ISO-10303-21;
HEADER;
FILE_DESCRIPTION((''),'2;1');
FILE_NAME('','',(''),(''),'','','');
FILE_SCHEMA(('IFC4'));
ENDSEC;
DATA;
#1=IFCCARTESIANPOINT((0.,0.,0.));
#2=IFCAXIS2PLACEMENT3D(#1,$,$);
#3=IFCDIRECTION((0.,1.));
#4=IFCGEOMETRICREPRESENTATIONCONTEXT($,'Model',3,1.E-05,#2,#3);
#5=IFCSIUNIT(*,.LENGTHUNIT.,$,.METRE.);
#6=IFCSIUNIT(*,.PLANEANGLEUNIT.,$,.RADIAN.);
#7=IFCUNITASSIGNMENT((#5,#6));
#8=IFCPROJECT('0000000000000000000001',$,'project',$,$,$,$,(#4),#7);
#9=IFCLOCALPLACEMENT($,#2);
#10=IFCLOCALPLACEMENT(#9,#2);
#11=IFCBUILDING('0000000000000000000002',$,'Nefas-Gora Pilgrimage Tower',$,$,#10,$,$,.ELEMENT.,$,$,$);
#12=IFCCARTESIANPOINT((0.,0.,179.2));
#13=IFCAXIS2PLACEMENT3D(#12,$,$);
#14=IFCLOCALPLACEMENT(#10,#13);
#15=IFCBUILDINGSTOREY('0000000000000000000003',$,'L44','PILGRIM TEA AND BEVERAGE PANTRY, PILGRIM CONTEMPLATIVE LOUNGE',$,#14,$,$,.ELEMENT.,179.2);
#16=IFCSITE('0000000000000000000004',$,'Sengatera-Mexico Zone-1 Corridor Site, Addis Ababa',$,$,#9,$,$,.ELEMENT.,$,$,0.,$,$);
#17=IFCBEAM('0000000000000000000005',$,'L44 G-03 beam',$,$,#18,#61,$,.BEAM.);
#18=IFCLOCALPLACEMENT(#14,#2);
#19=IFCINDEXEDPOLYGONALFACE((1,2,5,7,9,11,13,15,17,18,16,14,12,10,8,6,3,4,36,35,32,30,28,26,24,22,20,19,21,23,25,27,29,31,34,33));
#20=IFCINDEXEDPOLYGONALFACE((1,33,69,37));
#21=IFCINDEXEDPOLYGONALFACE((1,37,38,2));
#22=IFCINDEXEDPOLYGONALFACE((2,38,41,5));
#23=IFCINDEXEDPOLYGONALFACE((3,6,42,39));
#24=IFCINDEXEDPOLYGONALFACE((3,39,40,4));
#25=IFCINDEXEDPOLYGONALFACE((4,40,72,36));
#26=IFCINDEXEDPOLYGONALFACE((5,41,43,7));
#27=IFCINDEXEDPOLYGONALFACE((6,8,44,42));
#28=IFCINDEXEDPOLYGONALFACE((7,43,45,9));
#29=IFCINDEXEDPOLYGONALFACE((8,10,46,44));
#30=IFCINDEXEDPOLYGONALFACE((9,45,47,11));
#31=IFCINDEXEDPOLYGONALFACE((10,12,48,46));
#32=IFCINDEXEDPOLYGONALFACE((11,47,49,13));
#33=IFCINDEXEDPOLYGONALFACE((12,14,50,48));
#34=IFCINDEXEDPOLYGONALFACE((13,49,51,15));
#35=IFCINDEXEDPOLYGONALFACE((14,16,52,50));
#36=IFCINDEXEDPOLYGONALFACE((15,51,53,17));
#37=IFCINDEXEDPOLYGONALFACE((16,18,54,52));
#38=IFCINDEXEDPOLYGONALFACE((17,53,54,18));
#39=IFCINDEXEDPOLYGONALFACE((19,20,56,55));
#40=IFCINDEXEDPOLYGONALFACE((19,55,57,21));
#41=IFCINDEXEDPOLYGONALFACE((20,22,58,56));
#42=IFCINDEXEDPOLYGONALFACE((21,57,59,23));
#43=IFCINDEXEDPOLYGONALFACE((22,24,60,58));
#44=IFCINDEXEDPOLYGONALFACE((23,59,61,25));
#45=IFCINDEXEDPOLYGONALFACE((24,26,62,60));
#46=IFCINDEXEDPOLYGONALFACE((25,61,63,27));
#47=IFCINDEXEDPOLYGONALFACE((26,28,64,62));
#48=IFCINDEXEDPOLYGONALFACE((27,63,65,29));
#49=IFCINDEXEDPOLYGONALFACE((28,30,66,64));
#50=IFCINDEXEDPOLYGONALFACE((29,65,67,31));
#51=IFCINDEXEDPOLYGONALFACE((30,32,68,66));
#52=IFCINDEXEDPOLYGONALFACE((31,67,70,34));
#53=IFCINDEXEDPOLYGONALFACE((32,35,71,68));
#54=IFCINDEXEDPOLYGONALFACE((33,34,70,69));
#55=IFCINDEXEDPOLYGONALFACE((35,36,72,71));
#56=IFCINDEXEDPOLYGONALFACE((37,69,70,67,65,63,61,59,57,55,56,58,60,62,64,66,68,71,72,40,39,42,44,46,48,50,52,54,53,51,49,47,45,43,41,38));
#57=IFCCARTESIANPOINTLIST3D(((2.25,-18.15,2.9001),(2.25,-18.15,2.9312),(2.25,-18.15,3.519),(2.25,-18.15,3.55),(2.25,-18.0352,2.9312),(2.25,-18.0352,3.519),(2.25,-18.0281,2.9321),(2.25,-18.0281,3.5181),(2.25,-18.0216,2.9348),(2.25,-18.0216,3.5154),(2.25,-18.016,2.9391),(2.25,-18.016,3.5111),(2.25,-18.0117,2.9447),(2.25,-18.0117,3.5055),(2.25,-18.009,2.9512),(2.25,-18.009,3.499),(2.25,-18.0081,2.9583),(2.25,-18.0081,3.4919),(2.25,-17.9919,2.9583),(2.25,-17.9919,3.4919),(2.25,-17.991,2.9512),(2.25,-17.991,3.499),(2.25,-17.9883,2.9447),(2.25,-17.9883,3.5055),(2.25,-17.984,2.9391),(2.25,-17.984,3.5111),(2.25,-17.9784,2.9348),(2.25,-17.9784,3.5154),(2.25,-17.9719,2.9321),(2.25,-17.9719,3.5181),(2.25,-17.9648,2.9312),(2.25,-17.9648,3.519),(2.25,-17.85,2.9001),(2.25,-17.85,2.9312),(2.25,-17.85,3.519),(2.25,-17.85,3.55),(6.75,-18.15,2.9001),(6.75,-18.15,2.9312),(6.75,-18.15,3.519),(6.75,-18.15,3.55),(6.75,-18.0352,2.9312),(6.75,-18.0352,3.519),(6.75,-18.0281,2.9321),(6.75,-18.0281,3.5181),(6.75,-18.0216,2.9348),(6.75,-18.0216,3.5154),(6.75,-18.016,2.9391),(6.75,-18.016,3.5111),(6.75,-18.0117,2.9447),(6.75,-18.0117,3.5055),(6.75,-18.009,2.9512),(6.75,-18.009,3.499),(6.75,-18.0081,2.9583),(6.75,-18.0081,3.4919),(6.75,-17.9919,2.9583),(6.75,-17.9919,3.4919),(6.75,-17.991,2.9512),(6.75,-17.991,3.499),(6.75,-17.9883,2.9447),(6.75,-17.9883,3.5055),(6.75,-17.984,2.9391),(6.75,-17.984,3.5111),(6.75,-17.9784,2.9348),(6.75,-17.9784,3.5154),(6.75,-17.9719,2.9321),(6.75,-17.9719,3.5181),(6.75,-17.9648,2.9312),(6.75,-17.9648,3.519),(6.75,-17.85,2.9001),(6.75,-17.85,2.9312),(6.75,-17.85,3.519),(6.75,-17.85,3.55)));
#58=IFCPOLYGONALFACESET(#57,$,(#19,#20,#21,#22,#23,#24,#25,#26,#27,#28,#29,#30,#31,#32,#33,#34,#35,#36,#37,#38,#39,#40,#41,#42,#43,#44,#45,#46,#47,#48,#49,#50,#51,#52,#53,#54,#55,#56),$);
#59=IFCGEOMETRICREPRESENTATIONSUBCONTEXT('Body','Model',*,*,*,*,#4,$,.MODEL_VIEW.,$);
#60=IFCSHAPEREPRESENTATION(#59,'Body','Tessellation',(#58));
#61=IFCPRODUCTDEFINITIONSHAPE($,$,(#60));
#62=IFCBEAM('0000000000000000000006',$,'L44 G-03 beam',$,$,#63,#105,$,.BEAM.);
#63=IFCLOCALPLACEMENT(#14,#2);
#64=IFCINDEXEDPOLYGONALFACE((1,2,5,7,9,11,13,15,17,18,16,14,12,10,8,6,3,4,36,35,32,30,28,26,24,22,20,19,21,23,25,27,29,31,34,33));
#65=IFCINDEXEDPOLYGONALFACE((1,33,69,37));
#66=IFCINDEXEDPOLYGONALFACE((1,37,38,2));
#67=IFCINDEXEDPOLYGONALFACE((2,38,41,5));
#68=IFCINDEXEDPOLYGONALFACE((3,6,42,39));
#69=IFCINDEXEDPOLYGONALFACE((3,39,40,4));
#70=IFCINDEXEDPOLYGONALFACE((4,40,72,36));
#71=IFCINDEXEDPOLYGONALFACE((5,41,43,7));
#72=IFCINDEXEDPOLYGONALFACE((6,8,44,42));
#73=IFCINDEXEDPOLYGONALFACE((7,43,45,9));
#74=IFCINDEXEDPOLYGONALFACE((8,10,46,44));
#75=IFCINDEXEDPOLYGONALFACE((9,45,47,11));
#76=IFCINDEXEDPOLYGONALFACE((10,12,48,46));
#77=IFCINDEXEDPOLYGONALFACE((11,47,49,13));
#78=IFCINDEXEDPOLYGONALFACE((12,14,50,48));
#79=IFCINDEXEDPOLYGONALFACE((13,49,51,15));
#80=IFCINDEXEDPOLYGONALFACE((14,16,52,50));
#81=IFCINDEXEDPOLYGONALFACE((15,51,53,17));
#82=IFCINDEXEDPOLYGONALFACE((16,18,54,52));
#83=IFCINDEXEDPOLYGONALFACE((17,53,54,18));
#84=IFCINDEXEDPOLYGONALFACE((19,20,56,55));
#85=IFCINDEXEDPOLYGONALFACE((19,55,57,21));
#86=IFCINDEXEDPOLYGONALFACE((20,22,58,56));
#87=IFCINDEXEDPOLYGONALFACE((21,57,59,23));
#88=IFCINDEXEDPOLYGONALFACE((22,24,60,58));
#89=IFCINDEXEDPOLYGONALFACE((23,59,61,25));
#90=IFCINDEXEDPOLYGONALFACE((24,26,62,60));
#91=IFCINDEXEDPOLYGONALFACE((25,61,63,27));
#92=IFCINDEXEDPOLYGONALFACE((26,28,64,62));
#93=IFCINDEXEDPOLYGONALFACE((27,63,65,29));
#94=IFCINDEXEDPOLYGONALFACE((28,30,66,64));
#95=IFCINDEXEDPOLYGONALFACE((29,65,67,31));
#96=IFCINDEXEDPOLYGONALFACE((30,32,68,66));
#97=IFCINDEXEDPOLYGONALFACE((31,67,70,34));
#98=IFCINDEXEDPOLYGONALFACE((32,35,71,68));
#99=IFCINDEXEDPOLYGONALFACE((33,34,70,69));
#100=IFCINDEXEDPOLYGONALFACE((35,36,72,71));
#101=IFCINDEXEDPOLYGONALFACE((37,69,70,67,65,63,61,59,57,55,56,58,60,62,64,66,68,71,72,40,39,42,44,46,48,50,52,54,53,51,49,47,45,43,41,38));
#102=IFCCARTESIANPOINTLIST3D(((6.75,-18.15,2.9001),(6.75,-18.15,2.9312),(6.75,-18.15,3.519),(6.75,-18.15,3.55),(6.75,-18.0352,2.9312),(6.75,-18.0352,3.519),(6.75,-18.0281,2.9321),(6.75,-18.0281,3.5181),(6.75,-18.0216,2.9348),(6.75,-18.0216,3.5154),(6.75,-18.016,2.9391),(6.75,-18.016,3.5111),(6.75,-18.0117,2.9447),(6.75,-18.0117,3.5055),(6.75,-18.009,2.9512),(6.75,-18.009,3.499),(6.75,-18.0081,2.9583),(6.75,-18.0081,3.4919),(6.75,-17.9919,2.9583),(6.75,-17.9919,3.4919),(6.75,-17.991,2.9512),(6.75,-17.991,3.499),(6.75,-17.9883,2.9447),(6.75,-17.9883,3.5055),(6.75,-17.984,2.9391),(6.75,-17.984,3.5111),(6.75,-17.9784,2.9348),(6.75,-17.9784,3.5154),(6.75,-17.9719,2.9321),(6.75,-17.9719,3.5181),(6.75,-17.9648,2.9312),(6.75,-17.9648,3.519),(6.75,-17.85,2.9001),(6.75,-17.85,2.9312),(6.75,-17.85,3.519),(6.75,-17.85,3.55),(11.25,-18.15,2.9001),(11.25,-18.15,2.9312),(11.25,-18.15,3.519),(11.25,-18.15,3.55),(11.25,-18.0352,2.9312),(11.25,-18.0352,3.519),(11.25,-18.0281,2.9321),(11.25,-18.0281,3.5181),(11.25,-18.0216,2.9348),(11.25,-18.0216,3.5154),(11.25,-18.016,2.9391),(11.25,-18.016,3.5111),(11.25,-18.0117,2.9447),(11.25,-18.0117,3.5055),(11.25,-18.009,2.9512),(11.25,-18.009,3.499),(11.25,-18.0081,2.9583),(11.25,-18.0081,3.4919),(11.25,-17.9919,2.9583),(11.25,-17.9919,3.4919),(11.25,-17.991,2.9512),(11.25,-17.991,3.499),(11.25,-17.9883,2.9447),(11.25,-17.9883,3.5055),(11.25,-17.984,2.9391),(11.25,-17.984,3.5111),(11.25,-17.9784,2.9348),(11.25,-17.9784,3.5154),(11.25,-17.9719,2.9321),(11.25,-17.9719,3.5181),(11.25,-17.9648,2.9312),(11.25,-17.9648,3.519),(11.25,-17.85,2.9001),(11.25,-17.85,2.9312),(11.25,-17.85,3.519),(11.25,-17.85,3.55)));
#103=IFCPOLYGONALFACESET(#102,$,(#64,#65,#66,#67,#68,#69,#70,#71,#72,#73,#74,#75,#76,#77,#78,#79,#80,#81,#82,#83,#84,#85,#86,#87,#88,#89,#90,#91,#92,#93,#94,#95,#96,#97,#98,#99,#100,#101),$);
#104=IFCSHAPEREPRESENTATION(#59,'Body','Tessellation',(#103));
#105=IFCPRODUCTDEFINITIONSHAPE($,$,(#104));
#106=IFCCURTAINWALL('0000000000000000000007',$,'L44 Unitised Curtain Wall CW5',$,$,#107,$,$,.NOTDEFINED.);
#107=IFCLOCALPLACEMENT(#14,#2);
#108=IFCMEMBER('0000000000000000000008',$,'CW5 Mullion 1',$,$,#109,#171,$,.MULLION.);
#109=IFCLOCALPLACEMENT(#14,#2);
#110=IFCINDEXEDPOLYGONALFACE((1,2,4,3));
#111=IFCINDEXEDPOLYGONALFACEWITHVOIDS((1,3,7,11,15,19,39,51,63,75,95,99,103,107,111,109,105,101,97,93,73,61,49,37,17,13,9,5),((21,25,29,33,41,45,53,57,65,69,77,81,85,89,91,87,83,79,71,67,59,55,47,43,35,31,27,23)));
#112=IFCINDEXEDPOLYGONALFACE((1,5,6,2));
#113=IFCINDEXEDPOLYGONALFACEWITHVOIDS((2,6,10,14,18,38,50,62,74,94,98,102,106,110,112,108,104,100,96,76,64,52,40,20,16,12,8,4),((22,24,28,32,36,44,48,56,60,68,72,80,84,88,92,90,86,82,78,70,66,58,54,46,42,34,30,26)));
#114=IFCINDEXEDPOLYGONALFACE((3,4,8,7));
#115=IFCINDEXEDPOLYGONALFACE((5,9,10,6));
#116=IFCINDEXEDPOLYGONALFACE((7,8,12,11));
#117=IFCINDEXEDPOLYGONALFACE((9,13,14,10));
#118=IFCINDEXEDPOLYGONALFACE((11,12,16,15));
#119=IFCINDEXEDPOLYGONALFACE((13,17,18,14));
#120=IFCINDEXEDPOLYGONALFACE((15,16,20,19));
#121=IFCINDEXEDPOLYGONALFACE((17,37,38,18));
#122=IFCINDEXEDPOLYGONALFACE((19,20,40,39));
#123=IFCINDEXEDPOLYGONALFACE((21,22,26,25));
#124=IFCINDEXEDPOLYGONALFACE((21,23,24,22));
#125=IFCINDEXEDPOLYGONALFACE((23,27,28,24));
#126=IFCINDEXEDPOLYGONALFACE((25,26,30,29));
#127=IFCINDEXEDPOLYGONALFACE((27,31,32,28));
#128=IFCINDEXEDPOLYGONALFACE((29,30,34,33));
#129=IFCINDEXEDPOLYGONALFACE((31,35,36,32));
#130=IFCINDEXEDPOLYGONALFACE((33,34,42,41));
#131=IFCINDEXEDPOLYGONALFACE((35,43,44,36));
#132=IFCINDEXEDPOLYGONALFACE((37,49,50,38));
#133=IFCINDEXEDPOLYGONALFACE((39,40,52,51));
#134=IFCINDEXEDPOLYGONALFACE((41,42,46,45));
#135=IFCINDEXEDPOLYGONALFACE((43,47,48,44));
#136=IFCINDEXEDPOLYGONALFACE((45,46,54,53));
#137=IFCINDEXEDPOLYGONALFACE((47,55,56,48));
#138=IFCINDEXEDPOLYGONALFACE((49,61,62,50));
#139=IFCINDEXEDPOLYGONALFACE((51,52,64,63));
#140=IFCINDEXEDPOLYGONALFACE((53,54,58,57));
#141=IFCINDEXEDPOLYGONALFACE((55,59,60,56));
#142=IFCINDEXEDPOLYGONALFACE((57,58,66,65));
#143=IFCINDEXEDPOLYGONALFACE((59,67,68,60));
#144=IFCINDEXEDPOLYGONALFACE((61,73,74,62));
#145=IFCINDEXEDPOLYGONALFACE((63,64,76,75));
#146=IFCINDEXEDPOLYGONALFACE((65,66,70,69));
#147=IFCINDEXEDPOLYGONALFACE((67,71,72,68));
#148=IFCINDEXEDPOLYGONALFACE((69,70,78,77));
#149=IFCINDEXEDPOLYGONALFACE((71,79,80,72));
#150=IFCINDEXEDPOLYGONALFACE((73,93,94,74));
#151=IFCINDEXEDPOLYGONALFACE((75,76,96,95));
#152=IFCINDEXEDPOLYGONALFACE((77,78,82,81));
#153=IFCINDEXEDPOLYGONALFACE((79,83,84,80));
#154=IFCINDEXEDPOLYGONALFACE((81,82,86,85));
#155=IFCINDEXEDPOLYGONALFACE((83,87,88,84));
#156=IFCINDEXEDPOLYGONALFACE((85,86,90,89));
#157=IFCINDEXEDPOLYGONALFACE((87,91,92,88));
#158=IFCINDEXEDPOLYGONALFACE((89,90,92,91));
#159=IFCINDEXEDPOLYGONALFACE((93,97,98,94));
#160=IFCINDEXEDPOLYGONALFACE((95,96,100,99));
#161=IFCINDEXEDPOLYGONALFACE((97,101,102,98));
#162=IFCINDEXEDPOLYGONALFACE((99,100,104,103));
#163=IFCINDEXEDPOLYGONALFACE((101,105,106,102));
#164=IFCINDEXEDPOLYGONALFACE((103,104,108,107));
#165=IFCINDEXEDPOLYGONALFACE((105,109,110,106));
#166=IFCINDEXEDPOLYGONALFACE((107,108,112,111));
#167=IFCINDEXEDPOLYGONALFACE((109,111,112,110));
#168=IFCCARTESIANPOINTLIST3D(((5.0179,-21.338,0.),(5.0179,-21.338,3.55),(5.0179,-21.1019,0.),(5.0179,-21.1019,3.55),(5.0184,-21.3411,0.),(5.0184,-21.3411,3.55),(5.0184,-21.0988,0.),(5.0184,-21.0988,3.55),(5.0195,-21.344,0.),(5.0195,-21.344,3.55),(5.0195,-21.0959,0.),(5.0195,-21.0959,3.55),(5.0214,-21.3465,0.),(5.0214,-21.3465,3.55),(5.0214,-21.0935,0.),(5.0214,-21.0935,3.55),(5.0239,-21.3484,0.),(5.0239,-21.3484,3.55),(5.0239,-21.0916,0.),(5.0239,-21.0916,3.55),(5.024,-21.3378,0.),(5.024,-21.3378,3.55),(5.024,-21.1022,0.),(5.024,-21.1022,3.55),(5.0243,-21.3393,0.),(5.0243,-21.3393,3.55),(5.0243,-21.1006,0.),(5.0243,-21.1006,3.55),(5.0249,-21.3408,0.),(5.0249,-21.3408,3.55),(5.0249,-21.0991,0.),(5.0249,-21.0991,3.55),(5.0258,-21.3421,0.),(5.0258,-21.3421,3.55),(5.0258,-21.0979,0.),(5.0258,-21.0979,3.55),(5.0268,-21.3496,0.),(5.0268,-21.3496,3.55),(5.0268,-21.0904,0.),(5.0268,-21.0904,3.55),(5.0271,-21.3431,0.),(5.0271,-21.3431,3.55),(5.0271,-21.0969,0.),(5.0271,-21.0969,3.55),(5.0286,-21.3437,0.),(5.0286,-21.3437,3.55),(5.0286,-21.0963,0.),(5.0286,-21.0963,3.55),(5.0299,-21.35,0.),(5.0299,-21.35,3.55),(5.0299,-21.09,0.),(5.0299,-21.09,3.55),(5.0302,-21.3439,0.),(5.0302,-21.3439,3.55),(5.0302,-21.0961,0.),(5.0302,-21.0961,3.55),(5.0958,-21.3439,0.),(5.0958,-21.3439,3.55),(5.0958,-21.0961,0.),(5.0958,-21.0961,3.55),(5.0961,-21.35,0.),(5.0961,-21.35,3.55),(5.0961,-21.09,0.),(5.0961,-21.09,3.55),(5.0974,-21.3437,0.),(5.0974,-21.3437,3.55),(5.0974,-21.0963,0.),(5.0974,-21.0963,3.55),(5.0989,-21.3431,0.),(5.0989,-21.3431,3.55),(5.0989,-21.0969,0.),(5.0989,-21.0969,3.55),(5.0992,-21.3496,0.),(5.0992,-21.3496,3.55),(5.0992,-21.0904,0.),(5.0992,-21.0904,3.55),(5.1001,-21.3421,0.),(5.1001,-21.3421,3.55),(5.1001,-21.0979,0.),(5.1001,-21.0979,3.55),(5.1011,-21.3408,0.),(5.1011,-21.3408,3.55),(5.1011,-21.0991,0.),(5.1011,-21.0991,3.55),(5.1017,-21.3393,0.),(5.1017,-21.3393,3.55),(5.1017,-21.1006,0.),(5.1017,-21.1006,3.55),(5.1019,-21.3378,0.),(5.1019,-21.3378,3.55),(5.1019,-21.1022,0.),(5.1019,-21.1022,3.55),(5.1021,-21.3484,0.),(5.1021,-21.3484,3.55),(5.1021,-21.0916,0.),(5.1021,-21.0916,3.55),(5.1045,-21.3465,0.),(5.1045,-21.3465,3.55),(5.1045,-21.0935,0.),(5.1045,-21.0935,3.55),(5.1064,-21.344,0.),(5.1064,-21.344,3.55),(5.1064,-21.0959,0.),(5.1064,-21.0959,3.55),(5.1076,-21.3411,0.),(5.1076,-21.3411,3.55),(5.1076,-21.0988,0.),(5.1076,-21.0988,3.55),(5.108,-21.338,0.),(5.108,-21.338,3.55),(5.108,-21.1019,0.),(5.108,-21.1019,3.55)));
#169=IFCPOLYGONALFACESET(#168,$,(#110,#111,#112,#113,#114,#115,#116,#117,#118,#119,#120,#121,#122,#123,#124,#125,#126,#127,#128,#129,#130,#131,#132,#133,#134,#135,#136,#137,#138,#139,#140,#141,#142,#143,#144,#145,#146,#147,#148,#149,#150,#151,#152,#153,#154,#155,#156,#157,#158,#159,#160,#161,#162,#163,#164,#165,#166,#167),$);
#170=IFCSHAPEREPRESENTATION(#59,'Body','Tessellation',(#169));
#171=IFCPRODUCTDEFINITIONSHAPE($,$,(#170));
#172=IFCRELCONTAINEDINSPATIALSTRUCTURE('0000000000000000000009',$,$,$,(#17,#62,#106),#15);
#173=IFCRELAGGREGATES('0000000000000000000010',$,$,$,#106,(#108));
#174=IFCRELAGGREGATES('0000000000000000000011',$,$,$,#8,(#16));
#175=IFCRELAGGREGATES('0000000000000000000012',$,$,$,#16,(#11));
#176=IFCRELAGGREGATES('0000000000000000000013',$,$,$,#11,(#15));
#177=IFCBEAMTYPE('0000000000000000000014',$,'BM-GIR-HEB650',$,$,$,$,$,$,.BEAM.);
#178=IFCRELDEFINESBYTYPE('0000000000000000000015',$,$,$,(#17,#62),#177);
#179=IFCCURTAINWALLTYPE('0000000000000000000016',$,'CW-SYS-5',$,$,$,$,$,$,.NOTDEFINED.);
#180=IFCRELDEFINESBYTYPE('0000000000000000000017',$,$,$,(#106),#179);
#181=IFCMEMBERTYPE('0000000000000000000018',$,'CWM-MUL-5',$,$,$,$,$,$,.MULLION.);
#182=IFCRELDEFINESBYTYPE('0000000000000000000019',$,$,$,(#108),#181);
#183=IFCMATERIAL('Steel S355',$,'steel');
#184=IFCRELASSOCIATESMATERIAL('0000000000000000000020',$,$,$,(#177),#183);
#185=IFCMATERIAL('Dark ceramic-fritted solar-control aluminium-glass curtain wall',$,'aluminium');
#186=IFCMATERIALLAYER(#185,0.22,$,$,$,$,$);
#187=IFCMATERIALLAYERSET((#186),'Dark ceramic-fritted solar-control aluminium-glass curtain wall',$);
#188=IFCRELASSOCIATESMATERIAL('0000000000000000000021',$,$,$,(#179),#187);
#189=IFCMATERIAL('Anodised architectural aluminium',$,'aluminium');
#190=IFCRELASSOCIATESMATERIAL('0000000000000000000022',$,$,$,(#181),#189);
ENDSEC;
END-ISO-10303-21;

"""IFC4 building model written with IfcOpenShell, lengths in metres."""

from ifc_helpers import new_model, si_unit, direction, frame, origin, origin_2d, place, context, subcontext, project, spatial, hollow_rectangle, i_section, extrude, source, transform, mapped, material, layer, layer_set, material_profile, profile_set, type_object, element, aggregate, save


model = new_model("IFC4")

# Units and contexts
model_context = context("Model", 3, precision=1e-05, world=origin(), true_north=direction((0.0, 1.0)))
body_context = subcontext(model_context, "Body", "Model", "MODEL_VIEW")
ifc_project = project(units=[si_unit("LENGTHUNIT", "METRE"), si_unit("PLANEANGLEUNIT", "RADIAN")], contexts=[model_context])

# Site, building, storey
site_placement = place(None, origin())
site = spatial("IfcSite", under=ifc_project, at=site_placement, Name="Sengatera-Mexico Zone-1 Corridor Site, Addis Ababa", CompositionType="ELEMENT", RefElevation=0.0)
building_placement = place(site_placement, origin())
building = spatial("IfcBuilding", under=site, at=building_placement, Name="Nefas-Gora Pilgrimage Tower", CompositionType="ELEMENT")
storey_placement = place(building_placement, frame((0.0, 0.0, 179.2)))
storey = spatial("IfcBuildingStorey", under=building, at=storey_placement, Name="L44", Description="PILGRIM TEA AND BEVERAGE PANTRY, PILGRIM CONTEMPLATIVE LOUNGE", CompositionType="ELEMENT", Elevation=179.2)

# Beams
ifc_material_1 = material(Name="Steel S355", Category="steel")
ifc_material_profile_1 = material_profile(ifc_material_1, i_section(OverallWidth=0.3, OverallDepth=0.6499, WebThickness=0.0161, FlangeThickness=0.031, FilletRadius=0.0271, at=origin_2d()), Name="HEB 650")
ifc_profile_set_1 = profile_set([ifc_material_profile_1], Name="Steel S355")
beam_type = type_object("IfcBeamType", Name="BM-GIR-HEB650", PredefinedType="BEAM", material=ifc_profile_set_1)
shared_shape_1 = source(origin(), body_context, "Body", "SweptSolid", [
    extrude(i_section(OverallWidth=0.3, OverallDepth=0.6499, WebThickness=0.0161, FlangeThickness=0.031, FilletRadius=0.0271, at=origin_2d()), origin(), (0.0, 0.0, 1.0), 4.5),
])
for number, where, z_axis, x_axis, name in (
    (1, (2.25, -18.0, 3.2251), (1.0, 0.0, 0.0), (0.0, 1.0, 0.0), "L44 G-03 beam"),
    (2, (6.75, -18.0, 3.2251), (1.0, 0.0, 0.0), (0.0, 1.0, 0.0), "L44 G-03 beam"),
):
    element("IfcBeam", number, at=place(storey_placement, frame(where, z_axis=z_axis, x_axis=x_axis)), inside=storey, type_object=beam_type, Name=name, PredefinedType="BEAM", context=body_context, shape_type="MappedRepresentation", body=[
        mapped(shared_shape_1, transform((0.0, 0.0, 0.0), x_axis=(1.0, 0.0, 0.0), y_axis=(0.0, 1.0, 0.0), z_axis=(0.0, 0.0, 1.0), scale=1.0)),
    ])

# Curtain wall, member
ifc_material_2 = material(Name="Dark ceramic-fritted solar-control aluminium-glass curtain wall", Category="aluminium")
ifc_layer_1 = layer(ifc_material_2, 0.22)
ifc_layer_set_1 = layer_set([ifc_layer_1], Name="Dark ceramic-fritted solar-control aluminium-glass curtain wall")
curtain_wall_type = type_object("IfcCurtainWallType", Name="CW-SYS-5", PredefinedType="NOTDEFINED", material=ifc_layer_set_1)
curtain_wall_1_placement = place(storey_placement, origin())
curtain_wall_1 = element("IfcCurtainWall", 3, at=curtain_wall_1_placement, inside=storey, type_object=curtain_wall_type, Name="L44 Unitised Curtain Wall CW5", PredefinedType="NOTDEFINED")
ifc_material_3 = material(Name="Anodised architectural aluminium", Category="aluminium")
ifc_material_profile_2 = material_profile(ifc_material_3, hollow_rectangle(XDim=0.0901, YDim=0.26, WallThickness=0.0061, InnerFilletRadius=0.0061, OuterFilletRadius=0.012, at=origin_2d()), Name="ALU MULLION 90x260")
ifc_profile_set_2 = profile_set([ifc_material_profile_2], Name="Anodised architectural aluminium")
member_type_1 = type_object("IfcMemberType", Name="CWM-MUL-5", PredefinedType="MULLION", material=ifc_profile_set_2)
shared_shape_2 = source(origin(), body_context, "Body", "SweptSolid", [
    extrude(hollow_rectangle(XDim=0.0901, YDim=0.26, WallThickness=0.0061, InnerFilletRadius=0.0061, OuterFilletRadius=0.012, at=origin_2d()), origin(), (0.0, 0.0, 1.0), 3.55),
])
member_1_placement = place(storey_placement, frame((5.063, -21.22, 0.0), z_axis=(0.0, 0.0, 1.0), x_axis=(1.0, 0.0, 0.0)))
member_1 = element("IfcMember", 4, at=member_1_placement, type_object=member_type_1, Name="CW5 Mullion 1", PredefinedType="MULLION", context=body_context, shape_type="MappedRepresentation", body=[
    mapped(shared_shape_2, transform((0.0, 0.0, 0.0), x_axis=(1.0, 0.0, 0.0), y_axis=(0.0, 1.0, 0.0), z_axis=(0.0, 0.0, 1.0), scale=1.0)),
])

aggregate(curtain_wall_1, [member_1])

save(model, "model.ifc")
